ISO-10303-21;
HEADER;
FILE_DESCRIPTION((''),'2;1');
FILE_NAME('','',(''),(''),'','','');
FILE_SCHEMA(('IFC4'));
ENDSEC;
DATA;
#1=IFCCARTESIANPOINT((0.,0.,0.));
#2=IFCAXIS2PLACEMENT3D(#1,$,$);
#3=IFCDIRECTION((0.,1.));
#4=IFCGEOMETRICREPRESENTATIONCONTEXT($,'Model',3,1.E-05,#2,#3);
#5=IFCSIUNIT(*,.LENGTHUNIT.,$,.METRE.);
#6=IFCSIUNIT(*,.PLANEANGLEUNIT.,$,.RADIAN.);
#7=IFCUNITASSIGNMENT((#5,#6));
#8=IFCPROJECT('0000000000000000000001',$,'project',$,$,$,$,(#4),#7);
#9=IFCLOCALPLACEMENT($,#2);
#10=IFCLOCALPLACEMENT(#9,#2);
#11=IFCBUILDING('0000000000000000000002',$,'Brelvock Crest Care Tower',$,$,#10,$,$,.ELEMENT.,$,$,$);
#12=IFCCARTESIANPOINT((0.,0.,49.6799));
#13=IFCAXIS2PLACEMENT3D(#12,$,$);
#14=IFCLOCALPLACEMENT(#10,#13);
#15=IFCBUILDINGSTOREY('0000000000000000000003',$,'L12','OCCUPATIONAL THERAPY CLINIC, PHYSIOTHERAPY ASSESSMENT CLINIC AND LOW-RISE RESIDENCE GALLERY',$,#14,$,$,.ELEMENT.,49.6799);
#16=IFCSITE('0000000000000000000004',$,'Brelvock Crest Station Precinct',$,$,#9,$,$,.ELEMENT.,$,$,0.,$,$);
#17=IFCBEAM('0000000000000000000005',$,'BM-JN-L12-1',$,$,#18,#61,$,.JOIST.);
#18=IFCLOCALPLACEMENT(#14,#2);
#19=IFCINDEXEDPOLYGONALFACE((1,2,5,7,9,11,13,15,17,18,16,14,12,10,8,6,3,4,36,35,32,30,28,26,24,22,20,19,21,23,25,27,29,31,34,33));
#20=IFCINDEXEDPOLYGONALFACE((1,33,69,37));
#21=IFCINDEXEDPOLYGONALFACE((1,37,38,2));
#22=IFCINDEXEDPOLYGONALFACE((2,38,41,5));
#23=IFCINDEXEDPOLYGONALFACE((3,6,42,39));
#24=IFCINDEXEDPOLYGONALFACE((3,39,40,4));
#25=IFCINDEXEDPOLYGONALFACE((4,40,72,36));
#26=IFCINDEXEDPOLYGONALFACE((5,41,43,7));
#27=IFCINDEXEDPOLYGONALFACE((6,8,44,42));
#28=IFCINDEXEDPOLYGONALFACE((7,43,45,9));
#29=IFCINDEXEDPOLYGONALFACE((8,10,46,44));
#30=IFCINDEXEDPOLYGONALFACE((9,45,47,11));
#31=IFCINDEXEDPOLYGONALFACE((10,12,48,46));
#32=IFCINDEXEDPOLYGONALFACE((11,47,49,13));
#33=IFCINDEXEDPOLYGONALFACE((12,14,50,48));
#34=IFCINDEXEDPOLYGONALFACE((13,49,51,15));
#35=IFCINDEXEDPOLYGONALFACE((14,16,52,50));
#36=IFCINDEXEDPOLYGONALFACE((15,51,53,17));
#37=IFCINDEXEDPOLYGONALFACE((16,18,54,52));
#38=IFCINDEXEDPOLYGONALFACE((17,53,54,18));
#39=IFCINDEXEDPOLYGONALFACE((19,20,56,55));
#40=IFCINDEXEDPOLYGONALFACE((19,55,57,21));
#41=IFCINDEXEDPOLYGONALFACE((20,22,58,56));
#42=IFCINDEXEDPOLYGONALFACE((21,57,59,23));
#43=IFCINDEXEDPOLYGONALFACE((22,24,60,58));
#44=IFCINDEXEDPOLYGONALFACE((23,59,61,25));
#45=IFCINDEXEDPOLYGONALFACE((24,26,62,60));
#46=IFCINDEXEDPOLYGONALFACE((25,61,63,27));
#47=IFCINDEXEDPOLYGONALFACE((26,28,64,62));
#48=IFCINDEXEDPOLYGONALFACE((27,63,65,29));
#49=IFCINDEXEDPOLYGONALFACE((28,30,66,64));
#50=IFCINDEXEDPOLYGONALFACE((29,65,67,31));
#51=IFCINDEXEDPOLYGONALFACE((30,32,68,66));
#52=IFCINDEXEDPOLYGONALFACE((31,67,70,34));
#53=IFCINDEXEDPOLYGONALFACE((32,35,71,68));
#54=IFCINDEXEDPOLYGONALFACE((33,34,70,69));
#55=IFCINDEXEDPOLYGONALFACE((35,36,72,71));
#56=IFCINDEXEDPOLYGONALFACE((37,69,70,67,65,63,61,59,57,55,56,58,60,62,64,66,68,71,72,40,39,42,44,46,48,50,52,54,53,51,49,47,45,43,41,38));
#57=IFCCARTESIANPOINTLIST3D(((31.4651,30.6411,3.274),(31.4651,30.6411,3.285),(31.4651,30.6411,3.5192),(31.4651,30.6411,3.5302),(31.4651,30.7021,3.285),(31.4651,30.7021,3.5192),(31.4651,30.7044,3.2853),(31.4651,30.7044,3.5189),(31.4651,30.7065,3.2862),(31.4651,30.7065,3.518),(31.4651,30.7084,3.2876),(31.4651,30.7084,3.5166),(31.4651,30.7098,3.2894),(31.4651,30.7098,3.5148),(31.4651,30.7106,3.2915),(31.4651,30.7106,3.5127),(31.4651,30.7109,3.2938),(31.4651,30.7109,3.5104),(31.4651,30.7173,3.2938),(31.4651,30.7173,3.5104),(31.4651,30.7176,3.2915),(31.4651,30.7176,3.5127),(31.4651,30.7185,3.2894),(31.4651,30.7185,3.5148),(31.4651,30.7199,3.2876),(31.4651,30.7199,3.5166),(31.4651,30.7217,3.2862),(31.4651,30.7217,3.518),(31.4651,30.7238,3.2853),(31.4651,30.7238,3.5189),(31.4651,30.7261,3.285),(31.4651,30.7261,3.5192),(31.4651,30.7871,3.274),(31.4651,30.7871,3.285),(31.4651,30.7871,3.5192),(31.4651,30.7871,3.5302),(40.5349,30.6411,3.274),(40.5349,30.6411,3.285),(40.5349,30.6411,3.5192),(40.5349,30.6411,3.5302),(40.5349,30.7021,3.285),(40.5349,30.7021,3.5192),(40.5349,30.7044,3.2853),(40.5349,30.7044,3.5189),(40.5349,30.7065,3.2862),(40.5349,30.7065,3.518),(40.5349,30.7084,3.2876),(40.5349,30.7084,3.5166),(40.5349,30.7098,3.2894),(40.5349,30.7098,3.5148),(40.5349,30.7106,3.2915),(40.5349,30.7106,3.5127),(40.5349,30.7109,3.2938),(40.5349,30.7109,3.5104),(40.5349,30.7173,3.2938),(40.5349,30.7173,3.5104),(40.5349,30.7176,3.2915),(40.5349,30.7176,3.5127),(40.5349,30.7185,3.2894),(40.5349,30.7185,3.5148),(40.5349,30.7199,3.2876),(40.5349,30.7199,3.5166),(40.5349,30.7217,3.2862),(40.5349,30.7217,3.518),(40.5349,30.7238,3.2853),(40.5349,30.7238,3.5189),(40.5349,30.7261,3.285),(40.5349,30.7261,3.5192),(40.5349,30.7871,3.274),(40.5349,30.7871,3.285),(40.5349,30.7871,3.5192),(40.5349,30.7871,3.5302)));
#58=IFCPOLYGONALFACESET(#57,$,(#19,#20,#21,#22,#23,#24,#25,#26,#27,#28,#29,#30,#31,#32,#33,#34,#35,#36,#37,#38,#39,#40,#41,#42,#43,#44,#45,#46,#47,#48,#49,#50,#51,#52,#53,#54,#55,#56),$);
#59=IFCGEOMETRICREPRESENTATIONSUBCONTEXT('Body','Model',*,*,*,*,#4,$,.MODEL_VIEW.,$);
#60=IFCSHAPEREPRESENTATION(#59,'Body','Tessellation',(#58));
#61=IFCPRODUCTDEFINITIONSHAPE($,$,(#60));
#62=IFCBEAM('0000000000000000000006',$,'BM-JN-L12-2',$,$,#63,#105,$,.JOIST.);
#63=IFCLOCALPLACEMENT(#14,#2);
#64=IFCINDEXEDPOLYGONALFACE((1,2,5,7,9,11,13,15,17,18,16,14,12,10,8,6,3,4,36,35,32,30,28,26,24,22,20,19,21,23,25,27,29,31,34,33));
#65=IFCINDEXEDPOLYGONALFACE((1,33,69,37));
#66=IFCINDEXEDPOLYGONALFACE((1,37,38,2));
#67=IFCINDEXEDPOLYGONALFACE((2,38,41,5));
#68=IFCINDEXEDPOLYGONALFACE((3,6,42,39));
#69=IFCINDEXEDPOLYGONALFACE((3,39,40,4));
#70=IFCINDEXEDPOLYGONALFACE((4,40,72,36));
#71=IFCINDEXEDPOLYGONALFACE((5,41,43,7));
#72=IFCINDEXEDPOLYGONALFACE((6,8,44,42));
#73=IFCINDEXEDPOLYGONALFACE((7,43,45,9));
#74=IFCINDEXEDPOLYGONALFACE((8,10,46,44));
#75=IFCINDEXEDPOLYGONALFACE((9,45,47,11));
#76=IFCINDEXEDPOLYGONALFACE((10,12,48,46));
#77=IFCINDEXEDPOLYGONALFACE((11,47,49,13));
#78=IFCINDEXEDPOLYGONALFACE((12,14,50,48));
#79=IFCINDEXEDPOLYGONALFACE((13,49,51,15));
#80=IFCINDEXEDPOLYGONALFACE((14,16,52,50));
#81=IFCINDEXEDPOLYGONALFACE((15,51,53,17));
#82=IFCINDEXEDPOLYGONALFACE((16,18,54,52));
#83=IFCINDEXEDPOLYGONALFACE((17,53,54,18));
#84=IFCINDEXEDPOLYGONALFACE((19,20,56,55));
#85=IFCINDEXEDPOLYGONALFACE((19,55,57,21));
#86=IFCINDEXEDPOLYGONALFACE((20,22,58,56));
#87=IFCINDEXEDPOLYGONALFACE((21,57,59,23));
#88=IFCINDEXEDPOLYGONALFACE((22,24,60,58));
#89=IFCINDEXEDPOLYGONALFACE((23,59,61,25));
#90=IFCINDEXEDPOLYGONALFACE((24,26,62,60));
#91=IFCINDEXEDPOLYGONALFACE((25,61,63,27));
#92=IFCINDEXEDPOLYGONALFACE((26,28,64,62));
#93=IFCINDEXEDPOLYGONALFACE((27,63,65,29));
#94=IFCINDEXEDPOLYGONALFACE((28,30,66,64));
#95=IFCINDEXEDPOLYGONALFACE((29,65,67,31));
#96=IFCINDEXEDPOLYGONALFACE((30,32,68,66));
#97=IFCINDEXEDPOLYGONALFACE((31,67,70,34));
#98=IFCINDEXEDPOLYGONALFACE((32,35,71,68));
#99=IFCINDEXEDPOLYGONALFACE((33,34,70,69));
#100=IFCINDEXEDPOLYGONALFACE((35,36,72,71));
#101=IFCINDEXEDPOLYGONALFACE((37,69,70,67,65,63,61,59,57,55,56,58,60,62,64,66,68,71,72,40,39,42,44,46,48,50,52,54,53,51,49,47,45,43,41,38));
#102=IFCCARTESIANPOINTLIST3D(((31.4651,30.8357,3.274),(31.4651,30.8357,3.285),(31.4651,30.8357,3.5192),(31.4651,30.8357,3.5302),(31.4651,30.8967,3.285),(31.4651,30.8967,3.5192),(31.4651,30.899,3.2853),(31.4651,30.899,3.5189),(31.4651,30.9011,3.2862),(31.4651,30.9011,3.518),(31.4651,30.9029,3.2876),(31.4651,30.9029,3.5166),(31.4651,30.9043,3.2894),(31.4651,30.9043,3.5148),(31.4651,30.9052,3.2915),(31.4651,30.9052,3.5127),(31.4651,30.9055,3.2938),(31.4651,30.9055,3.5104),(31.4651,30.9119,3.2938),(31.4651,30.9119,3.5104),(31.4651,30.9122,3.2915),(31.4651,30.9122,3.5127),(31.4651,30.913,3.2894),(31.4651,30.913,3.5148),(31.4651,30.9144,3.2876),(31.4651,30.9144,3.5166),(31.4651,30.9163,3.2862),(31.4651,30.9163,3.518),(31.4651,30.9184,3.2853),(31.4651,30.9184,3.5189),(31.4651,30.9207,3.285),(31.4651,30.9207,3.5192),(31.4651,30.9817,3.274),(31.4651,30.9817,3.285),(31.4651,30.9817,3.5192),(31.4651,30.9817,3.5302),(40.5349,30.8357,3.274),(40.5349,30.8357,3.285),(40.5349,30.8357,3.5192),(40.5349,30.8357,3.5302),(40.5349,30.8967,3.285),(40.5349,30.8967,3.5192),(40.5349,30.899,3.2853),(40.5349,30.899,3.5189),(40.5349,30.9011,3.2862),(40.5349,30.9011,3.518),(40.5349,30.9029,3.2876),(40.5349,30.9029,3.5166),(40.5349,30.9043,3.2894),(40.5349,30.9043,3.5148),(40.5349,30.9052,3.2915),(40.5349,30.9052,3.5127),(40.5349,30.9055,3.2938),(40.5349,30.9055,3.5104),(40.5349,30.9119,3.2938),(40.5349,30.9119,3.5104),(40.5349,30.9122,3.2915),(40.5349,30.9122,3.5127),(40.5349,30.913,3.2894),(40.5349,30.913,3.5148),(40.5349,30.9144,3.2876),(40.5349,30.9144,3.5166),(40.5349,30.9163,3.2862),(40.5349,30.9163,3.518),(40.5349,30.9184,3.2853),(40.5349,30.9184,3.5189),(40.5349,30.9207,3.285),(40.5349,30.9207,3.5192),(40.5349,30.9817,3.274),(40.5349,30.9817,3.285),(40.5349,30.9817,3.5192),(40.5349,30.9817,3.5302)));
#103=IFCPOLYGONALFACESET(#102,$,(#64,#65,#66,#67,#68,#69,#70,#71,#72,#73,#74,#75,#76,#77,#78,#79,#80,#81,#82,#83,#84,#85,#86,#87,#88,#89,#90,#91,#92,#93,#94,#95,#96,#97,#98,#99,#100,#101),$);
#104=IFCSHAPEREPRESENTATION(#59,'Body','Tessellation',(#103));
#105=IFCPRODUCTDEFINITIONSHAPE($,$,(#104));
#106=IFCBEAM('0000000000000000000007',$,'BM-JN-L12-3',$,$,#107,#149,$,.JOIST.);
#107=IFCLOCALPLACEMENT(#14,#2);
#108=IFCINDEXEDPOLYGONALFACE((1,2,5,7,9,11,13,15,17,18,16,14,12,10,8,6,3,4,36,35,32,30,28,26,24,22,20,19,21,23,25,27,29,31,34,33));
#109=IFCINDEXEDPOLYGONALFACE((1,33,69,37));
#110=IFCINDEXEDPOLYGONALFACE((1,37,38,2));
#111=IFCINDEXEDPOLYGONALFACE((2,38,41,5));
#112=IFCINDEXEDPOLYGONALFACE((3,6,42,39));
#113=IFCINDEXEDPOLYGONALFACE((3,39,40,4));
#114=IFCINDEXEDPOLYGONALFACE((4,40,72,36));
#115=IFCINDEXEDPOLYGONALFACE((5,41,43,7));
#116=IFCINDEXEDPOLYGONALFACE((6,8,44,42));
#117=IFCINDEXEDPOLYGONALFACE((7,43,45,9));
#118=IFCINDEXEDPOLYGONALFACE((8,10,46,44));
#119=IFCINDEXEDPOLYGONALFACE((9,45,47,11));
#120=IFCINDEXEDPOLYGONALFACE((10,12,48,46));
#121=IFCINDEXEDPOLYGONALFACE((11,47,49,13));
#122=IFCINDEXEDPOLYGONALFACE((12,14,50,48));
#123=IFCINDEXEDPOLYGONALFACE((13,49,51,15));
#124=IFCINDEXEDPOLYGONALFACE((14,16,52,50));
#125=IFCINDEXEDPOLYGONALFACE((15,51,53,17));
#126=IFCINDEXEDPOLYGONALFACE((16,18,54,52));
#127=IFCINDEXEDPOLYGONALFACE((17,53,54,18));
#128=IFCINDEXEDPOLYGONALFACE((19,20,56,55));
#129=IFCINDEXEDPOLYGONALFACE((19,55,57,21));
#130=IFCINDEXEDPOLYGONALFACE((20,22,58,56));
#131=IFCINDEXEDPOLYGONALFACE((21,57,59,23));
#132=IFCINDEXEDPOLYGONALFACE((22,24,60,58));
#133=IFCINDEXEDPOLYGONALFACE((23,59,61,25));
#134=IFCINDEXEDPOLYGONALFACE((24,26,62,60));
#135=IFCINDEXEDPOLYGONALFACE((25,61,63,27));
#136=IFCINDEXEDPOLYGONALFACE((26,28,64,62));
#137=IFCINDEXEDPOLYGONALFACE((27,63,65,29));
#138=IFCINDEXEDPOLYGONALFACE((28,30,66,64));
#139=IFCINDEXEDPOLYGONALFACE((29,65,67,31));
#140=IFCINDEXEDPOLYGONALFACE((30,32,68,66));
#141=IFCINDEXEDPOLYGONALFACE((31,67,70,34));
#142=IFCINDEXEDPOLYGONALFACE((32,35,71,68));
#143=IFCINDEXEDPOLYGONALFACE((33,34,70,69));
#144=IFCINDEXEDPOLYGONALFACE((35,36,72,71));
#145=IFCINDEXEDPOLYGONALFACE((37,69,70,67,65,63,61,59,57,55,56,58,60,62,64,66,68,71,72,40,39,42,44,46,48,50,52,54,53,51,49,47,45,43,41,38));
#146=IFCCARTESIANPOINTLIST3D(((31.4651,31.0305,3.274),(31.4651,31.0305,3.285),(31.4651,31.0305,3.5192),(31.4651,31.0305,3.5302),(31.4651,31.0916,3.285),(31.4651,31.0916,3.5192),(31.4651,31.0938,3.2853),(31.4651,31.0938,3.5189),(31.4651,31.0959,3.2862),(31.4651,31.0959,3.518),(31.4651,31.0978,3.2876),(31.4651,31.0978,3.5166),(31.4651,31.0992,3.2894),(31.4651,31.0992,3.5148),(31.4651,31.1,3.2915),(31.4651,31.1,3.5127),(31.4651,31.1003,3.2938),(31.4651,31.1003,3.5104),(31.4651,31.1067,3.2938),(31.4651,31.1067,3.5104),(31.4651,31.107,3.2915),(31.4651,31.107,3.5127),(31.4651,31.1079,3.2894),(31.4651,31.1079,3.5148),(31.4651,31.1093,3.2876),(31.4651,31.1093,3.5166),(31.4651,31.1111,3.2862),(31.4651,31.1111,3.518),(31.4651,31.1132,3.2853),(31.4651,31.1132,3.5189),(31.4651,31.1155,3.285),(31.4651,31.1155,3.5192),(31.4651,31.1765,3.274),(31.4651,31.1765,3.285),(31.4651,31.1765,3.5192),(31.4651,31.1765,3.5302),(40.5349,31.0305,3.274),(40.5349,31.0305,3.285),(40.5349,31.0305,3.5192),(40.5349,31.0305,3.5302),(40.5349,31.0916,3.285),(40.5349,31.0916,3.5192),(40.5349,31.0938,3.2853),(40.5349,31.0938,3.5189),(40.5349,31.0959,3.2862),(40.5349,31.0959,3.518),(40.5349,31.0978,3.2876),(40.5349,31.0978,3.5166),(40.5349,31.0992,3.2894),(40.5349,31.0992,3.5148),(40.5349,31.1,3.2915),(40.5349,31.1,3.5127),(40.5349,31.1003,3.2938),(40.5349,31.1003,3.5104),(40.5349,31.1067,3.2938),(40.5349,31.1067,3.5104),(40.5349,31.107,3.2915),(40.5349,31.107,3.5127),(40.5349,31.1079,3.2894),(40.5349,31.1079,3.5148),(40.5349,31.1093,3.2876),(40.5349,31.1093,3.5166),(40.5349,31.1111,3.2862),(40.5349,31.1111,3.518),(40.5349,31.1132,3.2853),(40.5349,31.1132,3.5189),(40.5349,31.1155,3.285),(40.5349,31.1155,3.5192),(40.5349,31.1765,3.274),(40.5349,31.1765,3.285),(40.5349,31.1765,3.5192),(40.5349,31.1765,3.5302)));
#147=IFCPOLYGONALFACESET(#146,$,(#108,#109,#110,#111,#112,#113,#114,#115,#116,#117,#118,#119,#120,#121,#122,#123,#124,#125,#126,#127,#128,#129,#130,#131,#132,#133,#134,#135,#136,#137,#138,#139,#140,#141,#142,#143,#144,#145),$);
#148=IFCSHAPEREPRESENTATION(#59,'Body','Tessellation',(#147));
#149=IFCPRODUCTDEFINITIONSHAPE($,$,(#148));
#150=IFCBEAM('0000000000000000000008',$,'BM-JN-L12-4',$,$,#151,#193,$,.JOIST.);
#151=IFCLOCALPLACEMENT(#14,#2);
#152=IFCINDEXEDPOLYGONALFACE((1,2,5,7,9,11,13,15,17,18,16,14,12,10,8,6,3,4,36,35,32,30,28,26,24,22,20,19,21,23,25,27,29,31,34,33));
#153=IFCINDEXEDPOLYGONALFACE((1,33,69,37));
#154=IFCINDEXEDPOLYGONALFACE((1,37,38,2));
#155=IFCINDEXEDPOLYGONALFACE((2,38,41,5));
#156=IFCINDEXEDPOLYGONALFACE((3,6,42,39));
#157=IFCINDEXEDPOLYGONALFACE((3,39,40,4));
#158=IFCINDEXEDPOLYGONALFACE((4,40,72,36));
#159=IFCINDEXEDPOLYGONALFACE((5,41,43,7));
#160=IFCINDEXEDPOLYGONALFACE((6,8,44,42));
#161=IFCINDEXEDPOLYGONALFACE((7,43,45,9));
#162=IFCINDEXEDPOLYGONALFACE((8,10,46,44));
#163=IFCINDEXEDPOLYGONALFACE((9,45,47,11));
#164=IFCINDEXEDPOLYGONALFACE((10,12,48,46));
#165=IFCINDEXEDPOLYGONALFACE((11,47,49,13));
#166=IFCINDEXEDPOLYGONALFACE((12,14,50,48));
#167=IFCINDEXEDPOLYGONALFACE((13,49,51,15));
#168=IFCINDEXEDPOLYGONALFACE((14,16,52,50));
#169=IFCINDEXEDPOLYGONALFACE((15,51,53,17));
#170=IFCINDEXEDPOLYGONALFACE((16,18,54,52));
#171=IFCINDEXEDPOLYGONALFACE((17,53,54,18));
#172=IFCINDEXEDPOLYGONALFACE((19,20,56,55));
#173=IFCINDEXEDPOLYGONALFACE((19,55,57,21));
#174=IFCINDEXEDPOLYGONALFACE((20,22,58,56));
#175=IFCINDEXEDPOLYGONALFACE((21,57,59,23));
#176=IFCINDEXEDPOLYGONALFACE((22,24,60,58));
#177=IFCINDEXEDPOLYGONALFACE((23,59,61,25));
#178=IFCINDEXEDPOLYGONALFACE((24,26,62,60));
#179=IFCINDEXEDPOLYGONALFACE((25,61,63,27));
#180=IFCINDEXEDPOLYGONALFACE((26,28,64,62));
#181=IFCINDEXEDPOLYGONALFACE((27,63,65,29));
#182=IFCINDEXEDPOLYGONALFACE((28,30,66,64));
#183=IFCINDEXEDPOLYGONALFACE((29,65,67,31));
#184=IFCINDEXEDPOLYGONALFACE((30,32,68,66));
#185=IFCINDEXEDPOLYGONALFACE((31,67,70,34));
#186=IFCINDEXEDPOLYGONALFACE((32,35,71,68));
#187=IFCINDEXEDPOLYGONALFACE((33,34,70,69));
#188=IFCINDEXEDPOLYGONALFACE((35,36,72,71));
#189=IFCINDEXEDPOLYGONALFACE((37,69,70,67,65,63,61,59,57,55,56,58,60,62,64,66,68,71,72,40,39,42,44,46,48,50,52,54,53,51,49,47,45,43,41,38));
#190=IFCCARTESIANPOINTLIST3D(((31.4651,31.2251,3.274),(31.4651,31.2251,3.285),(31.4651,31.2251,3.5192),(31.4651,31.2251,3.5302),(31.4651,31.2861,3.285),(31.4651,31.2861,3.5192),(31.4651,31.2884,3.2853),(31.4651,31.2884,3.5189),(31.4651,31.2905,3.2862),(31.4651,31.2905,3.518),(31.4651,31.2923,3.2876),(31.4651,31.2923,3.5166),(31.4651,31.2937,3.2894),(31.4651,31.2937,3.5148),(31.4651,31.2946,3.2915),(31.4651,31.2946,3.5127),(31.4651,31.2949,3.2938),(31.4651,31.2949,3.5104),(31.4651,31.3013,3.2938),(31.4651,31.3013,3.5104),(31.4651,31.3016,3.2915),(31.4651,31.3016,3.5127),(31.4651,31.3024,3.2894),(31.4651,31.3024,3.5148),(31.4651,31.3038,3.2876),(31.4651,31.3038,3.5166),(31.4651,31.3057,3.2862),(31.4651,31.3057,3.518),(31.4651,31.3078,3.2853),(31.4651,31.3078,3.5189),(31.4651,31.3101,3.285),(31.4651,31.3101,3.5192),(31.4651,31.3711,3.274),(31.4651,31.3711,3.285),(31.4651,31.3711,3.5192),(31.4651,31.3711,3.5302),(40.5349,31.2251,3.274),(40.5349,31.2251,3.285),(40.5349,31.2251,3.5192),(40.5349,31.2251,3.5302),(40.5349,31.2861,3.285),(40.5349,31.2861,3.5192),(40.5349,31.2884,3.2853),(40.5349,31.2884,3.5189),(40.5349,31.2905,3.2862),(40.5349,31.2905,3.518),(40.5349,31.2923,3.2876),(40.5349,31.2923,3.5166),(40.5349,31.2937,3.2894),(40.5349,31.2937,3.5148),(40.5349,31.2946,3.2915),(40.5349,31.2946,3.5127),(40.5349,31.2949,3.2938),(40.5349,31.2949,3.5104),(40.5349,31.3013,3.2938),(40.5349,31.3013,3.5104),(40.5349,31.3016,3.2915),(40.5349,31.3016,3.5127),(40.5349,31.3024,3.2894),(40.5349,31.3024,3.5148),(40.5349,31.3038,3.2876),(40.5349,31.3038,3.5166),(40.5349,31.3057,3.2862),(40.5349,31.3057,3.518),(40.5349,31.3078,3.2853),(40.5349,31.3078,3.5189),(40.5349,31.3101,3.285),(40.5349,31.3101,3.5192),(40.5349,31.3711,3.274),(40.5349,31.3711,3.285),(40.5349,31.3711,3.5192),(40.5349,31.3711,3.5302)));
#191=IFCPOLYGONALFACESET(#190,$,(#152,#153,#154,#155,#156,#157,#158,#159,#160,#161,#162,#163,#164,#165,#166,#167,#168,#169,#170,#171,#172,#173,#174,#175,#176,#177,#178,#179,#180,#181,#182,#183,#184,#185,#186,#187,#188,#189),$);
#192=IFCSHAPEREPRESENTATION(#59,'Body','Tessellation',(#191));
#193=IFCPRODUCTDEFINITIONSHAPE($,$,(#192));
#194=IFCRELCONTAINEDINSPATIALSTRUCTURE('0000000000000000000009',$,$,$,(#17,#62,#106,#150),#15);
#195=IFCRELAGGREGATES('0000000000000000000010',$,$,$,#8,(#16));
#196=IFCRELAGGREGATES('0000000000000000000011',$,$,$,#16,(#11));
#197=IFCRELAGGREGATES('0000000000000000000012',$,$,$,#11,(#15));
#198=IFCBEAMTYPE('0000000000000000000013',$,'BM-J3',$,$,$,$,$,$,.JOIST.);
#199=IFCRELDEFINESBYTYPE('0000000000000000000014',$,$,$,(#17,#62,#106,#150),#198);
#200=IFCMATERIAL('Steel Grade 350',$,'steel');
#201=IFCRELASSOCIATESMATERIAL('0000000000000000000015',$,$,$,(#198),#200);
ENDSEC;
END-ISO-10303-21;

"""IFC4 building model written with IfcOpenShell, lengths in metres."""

from ifc_helpers import new_model, si_unit, direction, frame, origin, origin_2d, place, context, subcontext, project, spatial, i_section, extrude, source, transform, mapped, material, material_profile, profile_set, type_object, element, save


model = new_model("IFC4")

# Units and contexts
model_context = context("Model", 3, precision=1e-05, world=origin(), true_north=direction((0.0, 1.0)))
body_context = subcontext(model_context, "Body", "Model", "MODEL_VIEW")
ifc_project = project(units=[si_unit("LENGTHUNIT", "METRE"), si_unit("PLANEANGLEUNIT", "RADIAN")], contexts=[model_context])

# Site, building, storey
site_placement = place(None, origin())
site = spatial("IfcSite", under=ifc_project, at=site_placement, Name="Brelvock Crest Station Precinct", CompositionType="ELEMENT", RefElevation=0.0)
building_placement = place(site_placement, origin())
building = spatial("IfcBuilding", under=site, at=building_placement, Name="Brelvock Crest Care Tower", CompositionType="ELEMENT")
storey_placement = place(building_placement, frame((0.0, 0.0, 49.6799)))
storey = spatial("IfcBuildingStorey", under=building, at=storey_placement, Name="L12", Description="OCCUPATIONAL THERAPY CLINIC, PHYSIOTHERAPY ASSESSMENT CLINIC AND LOW-RISE RESIDENCE GALLERY", CompositionType="ELEMENT", Elevation=49.6799)

# Beams
ifc_material_1 = material(Name="Steel Grade 350", Category="steel")
ifc_material_profile = material_profile(ifc_material_1, i_section(OverallWidth=0.146, OverallDepth=0.2561, WebThickness=0.0063, FlangeThickness=0.011, FilletRadius=0.0088, at=origin_2d()), Name="250UB37.3")
ifc_profile_set = profile_set([ifc_material_profile], Name="Steel Grade 350")
beam_type = type_object("IfcBeamType", Name="BM-J3", PredefinedType="JOIST", material=ifc_profile_set)
shared_shape_1 = source(origin(), body_context, "Body", "SweptSolid", [
    extrude(i_section(OverallWidth=0.146, OverallDepth=0.2561, WebThickness=0.0063, FlangeThickness=0.011, FilletRadius=0.0088, at=origin_2d()), origin(), (0.0, 0.0, 1.0), 9.0698),
])
for number, where, z_axis, x_axis, name in (
    (1, (31.4651, 30.7141, 3.4021), (1.0, 0.0, 0.0), (0.0, 1.0, 0.0), "BM-JN-L12-1"),
    (2, (31.4651, 30.9087, 3.4021), (1.0, 0.0, 0.0), (0.0, 1.0, 0.0), "BM-JN-L12-2"),
    (3, (31.4651, 31.1035, 3.4021), (1.0, 0.0, 0.0), (0.0, 1.0, 0.0), "BM-JN-L12-3"),
    (4, (31.4651, 31.2981, 3.4021), (1.0, 0.0, 0.0), (0.0, 1.0, 0.0), "BM-JN-L12-4"),
):
    element("IfcBeam", number, at=place(storey_placement, frame(where, z_axis=z_axis, x_axis=x_axis)), inside=storey, type_object=beam_type, Name=name, PredefinedType="JOIST", context=body_context, shape_type="MappedRepresentation", body=[
        mapped(shared_shape_1, transform((0.0, 0.0, 0.0), x_axis=(1.0, 0.0, 0.0), y_axis=(0.0, 1.0, 0.0), z_axis=(0.0, 0.0, 1.0), scale=1.0)),
    ])

save(model, "model.ifc")
